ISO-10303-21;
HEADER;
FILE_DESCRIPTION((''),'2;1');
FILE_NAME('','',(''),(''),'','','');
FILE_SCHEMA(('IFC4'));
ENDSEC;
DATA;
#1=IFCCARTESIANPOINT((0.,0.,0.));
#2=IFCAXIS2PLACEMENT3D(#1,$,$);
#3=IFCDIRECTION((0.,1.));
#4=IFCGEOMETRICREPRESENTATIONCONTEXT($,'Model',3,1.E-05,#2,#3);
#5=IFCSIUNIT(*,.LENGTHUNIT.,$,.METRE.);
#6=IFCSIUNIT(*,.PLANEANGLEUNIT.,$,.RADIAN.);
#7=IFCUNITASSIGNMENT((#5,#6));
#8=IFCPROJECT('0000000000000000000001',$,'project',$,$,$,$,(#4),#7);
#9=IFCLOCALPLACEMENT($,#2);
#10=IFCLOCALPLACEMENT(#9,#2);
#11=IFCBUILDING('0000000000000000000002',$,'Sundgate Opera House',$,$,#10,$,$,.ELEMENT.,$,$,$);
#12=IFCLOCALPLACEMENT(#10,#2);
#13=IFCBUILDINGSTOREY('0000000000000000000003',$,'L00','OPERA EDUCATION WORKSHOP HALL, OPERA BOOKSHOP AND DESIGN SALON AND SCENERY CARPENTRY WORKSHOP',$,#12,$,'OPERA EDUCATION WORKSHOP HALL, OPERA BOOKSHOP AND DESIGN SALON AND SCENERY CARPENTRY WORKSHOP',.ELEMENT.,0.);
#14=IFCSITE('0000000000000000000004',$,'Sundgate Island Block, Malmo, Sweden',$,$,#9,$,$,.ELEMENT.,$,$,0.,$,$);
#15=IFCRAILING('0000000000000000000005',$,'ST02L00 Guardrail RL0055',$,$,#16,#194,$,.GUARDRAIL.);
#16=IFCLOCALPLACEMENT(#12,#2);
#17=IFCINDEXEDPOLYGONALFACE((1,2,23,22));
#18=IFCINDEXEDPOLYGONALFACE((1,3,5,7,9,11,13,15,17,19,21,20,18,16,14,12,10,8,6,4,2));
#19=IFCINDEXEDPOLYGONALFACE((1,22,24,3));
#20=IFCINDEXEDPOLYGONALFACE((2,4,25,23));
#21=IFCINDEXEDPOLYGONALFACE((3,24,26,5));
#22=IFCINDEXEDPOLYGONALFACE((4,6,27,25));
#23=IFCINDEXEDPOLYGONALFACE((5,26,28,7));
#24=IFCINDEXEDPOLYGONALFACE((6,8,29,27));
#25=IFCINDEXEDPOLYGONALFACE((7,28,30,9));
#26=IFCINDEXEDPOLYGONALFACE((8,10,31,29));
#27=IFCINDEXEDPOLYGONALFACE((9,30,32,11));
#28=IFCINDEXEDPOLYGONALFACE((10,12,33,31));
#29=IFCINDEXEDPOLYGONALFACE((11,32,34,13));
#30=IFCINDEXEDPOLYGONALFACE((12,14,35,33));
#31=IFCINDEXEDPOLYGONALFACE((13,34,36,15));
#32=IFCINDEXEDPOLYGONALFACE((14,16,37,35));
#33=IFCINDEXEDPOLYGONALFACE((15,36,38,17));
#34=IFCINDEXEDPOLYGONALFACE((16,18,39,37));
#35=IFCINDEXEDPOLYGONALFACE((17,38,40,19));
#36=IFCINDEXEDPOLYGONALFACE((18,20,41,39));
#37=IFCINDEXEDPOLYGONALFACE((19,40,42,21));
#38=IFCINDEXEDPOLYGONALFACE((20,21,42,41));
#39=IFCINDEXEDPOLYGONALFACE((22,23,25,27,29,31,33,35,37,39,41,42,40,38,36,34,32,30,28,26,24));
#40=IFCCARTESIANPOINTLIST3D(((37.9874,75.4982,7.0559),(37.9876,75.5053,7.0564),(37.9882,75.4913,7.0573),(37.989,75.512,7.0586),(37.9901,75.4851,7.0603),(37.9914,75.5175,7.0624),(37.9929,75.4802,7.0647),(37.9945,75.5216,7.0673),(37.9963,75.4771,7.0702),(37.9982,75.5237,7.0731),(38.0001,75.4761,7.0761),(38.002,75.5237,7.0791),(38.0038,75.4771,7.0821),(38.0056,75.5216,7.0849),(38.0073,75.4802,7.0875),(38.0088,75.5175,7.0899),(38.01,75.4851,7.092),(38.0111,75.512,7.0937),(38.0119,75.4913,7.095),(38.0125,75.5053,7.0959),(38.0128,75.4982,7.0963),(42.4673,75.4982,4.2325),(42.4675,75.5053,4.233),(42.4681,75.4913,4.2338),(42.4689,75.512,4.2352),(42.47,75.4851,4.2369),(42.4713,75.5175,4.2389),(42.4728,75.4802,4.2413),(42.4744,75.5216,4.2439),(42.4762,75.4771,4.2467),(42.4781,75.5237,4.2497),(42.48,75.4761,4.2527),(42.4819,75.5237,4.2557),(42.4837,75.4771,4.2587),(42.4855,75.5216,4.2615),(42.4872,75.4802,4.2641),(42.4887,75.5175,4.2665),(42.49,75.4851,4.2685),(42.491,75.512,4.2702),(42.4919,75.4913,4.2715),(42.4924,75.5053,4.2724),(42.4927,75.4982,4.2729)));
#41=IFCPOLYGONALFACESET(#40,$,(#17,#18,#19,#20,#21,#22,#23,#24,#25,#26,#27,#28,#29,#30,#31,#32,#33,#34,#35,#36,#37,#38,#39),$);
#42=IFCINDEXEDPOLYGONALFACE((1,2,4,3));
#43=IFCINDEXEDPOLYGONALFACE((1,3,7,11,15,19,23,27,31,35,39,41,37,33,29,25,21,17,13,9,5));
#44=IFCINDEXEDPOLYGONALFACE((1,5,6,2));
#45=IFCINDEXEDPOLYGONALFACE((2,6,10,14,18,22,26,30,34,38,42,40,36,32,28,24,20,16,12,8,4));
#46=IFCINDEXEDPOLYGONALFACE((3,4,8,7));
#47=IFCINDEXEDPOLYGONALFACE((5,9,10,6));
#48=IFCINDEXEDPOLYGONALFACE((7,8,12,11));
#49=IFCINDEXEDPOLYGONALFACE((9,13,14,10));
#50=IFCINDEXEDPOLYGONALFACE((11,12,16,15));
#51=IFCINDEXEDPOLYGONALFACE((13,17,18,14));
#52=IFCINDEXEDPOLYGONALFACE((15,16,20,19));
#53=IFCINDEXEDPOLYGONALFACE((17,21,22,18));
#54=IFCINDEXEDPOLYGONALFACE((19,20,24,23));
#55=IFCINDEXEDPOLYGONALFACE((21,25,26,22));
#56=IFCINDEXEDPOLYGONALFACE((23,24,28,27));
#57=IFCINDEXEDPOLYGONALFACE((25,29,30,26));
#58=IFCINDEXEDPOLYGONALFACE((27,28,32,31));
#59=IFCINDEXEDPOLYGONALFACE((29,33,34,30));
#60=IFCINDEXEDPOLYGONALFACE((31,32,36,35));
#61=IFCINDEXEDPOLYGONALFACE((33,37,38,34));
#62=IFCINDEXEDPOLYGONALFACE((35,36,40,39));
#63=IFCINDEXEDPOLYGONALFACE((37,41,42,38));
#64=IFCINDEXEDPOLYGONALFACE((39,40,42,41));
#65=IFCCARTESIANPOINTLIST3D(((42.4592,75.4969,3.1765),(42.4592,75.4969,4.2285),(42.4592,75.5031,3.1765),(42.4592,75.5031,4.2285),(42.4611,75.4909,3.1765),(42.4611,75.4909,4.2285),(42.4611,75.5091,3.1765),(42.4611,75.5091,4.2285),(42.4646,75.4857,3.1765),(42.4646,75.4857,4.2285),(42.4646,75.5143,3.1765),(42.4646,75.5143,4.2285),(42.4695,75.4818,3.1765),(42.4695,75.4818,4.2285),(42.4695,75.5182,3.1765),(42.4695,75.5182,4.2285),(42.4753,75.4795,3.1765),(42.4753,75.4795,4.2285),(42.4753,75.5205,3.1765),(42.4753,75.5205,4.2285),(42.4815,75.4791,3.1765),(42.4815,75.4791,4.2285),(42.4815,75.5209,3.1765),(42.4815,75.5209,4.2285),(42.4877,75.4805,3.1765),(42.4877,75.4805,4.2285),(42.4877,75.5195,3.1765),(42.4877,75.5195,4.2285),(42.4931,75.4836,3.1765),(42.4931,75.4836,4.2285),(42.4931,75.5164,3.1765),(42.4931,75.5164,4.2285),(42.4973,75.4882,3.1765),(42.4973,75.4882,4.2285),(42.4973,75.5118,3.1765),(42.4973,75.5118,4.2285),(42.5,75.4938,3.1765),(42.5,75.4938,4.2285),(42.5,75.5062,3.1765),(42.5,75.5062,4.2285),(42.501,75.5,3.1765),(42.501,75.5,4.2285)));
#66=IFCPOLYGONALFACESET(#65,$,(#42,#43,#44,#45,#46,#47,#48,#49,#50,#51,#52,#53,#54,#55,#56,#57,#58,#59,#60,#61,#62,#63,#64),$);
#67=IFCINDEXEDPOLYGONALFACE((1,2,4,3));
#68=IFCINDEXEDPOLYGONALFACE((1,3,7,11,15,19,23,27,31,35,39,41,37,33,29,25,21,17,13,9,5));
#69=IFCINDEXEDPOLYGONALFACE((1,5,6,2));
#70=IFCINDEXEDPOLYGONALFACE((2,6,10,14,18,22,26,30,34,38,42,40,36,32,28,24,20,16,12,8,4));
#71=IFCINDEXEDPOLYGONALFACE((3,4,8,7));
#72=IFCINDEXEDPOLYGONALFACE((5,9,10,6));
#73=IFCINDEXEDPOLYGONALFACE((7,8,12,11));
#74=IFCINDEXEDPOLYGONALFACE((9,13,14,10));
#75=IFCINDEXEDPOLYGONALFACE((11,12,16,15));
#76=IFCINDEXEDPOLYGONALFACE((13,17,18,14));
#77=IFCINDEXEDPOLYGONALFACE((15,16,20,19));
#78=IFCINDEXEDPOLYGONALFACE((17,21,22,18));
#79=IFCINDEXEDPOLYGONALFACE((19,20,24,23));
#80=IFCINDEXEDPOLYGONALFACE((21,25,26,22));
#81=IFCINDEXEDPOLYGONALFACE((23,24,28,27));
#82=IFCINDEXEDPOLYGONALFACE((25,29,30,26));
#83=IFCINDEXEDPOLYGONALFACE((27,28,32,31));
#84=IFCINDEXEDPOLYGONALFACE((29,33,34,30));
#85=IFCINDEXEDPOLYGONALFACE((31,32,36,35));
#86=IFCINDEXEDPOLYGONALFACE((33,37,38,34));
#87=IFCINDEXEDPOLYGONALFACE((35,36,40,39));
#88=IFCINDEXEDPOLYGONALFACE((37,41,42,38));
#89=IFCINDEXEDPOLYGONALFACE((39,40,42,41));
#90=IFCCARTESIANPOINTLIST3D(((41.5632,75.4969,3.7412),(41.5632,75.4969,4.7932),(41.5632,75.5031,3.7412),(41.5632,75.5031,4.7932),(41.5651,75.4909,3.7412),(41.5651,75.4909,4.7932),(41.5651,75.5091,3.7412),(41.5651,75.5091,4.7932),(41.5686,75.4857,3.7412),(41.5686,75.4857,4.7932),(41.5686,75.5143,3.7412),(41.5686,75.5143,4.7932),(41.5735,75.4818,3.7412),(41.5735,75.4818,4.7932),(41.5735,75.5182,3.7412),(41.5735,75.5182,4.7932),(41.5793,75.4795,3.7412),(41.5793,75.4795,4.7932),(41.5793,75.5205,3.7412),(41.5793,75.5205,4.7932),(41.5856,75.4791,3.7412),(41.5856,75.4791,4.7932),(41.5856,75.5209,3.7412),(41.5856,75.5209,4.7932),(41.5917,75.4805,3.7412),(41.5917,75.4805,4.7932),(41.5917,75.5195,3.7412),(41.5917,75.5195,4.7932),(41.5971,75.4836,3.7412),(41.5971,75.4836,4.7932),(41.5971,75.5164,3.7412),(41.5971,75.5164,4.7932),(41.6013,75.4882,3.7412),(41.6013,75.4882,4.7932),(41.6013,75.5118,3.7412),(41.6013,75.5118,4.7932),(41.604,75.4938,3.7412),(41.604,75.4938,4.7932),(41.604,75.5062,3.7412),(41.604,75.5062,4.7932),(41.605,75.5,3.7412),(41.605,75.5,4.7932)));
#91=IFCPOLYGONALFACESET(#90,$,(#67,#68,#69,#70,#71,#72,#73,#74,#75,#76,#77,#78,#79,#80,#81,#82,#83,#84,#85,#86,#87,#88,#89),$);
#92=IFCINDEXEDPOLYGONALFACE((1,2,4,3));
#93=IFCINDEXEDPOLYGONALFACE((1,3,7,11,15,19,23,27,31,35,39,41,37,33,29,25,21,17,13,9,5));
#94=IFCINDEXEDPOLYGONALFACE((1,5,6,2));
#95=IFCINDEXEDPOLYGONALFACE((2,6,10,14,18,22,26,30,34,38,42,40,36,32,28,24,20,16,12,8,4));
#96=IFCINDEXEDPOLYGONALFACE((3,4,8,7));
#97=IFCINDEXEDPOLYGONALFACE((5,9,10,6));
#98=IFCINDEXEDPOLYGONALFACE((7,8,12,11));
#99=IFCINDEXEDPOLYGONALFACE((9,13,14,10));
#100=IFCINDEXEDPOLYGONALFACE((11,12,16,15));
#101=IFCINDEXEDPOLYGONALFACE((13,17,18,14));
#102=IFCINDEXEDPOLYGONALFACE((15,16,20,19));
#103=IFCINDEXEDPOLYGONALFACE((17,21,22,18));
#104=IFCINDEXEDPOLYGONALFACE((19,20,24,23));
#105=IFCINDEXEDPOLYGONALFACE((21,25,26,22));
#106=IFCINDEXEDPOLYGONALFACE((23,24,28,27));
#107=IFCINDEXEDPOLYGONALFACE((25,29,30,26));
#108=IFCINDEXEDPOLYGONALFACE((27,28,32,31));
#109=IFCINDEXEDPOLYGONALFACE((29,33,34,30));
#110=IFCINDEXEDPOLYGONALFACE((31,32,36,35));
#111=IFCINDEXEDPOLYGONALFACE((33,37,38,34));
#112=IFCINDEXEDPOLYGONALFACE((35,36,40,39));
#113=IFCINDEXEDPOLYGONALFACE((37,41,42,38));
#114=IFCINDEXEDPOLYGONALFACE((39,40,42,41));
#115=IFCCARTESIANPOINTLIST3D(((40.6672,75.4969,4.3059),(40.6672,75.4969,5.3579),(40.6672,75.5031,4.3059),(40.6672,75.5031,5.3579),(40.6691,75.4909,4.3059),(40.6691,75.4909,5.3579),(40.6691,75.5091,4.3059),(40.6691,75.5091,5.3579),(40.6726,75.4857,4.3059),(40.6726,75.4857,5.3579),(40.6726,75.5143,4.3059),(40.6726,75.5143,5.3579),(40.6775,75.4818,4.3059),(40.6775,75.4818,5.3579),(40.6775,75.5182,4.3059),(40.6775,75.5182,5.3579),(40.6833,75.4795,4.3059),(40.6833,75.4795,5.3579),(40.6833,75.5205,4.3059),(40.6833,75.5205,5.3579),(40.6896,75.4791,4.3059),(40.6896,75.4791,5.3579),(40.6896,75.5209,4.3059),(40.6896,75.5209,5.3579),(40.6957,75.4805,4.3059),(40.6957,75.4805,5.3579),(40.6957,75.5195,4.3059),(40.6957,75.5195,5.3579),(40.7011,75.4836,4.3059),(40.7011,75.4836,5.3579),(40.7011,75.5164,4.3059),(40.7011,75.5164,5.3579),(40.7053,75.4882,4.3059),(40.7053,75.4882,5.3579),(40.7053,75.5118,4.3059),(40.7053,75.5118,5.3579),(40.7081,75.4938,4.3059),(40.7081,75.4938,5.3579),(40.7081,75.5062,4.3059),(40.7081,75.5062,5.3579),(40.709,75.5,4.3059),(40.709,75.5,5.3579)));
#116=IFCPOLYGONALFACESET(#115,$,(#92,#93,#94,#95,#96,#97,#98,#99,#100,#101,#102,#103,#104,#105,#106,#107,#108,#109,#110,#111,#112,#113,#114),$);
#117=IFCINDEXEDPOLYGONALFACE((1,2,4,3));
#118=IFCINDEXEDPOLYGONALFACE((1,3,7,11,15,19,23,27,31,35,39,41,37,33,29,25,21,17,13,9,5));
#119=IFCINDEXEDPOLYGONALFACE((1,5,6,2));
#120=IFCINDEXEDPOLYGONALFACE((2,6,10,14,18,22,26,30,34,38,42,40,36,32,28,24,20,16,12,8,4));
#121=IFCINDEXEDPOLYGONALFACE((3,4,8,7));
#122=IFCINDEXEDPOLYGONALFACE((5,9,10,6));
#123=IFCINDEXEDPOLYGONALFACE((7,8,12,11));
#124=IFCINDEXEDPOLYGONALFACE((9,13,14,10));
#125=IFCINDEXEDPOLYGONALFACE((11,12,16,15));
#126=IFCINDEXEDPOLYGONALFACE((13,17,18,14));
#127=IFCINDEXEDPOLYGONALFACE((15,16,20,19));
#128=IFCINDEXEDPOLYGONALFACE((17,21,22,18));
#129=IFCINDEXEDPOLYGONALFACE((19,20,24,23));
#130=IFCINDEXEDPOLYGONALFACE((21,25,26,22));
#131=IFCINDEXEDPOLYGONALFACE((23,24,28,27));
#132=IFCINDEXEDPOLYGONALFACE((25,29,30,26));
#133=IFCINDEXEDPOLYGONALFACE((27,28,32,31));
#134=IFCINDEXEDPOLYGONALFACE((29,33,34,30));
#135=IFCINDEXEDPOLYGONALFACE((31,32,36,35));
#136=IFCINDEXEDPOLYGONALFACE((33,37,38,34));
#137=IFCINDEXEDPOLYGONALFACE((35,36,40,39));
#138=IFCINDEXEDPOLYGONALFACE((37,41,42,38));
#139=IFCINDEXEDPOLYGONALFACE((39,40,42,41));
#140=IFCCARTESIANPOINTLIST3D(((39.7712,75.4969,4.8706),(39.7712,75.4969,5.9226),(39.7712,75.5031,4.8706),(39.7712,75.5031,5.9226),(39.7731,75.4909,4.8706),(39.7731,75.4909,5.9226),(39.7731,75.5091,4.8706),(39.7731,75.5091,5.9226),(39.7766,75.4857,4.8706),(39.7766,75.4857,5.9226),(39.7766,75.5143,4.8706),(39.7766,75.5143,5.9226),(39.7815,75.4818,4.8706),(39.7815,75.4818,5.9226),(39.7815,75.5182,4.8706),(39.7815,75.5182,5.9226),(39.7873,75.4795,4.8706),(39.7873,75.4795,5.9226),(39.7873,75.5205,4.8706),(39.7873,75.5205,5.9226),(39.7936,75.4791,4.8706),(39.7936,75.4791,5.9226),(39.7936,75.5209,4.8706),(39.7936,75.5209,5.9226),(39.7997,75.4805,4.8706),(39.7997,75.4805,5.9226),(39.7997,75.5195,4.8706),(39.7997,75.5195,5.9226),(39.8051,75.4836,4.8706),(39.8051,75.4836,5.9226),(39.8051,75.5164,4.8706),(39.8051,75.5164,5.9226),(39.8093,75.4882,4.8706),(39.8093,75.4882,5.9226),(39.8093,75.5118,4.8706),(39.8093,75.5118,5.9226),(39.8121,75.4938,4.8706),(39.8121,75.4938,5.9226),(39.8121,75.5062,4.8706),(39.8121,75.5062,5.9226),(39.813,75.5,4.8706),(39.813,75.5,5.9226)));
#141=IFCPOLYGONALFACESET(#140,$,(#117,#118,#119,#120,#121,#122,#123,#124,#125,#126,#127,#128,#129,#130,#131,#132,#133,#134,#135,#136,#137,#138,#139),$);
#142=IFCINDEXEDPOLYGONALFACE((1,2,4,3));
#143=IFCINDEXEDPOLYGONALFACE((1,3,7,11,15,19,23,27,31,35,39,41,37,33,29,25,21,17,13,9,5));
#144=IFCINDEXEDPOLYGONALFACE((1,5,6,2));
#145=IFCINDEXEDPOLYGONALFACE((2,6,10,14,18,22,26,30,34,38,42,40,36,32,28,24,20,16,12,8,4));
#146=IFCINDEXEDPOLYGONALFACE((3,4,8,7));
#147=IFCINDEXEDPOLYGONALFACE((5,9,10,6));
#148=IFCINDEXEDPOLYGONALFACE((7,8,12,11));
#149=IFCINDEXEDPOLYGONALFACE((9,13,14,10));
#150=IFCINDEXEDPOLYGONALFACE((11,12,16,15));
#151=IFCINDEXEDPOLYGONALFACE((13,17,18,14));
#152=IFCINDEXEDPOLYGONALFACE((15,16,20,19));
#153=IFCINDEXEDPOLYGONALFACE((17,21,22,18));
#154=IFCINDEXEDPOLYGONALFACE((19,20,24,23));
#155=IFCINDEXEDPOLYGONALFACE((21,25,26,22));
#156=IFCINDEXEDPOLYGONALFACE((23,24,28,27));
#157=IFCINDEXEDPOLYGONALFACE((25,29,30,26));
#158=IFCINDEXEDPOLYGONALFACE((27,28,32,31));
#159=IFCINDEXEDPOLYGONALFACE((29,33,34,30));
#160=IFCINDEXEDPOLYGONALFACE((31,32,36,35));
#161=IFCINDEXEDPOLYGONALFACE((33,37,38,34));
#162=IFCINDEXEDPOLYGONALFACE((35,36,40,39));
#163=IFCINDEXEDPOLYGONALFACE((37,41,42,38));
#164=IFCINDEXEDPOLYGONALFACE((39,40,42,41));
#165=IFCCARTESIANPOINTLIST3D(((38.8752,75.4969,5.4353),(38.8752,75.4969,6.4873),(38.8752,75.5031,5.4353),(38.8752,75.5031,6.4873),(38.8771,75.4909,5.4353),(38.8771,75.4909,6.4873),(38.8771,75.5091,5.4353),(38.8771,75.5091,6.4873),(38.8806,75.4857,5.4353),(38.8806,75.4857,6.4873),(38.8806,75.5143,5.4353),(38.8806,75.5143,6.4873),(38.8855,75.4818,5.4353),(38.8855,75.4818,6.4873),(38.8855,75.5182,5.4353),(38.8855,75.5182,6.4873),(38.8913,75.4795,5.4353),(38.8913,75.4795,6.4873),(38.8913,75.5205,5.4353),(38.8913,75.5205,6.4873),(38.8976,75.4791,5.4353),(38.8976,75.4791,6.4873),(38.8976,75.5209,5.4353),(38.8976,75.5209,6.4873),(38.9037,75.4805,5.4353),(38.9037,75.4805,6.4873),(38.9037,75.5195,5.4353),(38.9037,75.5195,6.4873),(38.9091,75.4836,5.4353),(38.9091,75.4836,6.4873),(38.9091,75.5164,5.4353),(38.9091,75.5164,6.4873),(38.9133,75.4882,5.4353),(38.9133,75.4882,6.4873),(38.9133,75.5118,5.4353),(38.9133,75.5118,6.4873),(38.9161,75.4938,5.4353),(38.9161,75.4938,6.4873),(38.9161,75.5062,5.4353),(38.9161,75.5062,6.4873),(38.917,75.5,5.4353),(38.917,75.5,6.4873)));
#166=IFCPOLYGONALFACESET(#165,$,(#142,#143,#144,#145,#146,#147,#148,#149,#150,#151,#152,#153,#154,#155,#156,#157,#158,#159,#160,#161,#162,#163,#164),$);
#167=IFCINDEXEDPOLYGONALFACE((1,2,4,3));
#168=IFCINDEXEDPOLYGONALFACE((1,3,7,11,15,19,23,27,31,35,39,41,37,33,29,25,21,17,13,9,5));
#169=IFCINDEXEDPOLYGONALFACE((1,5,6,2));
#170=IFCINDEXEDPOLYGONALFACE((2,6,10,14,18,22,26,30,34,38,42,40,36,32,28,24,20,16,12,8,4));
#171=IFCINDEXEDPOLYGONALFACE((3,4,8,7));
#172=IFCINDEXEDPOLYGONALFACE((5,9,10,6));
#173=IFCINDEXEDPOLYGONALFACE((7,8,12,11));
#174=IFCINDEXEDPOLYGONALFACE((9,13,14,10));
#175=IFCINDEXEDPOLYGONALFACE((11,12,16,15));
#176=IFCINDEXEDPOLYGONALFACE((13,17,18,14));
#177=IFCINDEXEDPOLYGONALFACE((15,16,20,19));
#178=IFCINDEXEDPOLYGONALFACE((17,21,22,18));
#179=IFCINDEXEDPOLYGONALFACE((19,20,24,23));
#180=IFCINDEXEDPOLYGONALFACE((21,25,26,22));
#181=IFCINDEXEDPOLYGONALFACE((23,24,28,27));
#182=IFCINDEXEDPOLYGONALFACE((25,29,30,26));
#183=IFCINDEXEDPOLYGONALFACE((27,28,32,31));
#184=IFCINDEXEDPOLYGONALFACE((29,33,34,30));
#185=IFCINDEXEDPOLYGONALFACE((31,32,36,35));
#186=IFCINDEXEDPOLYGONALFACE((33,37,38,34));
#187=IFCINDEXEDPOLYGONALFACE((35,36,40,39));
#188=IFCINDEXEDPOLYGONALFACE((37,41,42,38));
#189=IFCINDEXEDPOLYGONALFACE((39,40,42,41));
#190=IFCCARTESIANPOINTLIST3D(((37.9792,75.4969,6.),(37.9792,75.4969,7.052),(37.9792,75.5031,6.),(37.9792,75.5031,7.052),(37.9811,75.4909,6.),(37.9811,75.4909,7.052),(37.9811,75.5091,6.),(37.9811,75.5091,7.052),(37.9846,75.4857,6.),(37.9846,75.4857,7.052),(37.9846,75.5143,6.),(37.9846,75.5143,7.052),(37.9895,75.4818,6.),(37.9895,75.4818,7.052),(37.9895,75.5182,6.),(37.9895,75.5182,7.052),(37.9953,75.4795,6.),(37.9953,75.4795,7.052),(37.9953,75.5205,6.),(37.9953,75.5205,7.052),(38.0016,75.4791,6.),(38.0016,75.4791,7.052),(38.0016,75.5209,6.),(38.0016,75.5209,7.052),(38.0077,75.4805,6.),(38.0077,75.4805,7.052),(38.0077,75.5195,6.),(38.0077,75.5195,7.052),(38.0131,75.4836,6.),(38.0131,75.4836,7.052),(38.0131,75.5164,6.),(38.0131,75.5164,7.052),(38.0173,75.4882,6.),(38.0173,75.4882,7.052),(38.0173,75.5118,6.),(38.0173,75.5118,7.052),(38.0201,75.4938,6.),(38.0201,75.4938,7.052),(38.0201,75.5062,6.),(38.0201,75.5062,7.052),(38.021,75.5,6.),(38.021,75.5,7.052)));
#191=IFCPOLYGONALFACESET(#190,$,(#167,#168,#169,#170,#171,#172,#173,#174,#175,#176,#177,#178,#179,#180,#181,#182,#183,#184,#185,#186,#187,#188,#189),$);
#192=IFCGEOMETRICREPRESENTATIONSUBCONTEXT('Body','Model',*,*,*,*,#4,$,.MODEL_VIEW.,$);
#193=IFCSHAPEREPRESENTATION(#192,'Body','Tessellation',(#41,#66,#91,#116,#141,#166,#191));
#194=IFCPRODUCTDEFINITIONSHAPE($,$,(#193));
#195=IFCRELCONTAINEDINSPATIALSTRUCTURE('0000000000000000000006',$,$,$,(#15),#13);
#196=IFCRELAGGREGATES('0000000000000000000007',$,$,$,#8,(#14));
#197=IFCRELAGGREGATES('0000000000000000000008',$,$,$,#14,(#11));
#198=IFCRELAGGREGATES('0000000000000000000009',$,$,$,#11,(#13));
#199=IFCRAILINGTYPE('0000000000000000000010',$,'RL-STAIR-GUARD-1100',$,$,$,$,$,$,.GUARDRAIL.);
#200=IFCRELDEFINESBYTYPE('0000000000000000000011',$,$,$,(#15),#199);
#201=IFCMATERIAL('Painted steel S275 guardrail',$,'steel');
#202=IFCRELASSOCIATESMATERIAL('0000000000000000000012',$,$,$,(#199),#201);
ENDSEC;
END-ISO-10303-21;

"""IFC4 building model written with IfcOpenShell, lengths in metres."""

from ifc_helpers import new_model, si_unit, direction, frame, origin, origin_2d, place, context, subcontext, project, spatial, circle, extrude, material, type_object, element, save


model = new_model("IFC4")

# Units and contexts
model_context = context("Model", 3, precision=1e-05, world=origin(), true_north=direction((0.0, 1.0)))
body_context = subcontext(model_context, "Body", "Model", "MODEL_VIEW")
ifc_project = project(units=[si_unit("LENGTHUNIT", "METRE"), si_unit("PLANEANGLEUNIT", "RADIAN")], contexts=[model_context])

# Site, building, storey
site_placement = place(None, origin())
site = spatial("IfcSite", under=ifc_project, at=site_placement, Name="Sundgate Island Block, Malmo, Sweden", CompositionType="ELEMENT", RefElevation=0.0)
building_placement = place(site_placement, origin())
building = spatial("IfcBuilding", under=site, at=building_placement, Name="Sundgate Opera House", CompositionType="ELEMENT")
storey_placement = place(building_placement, origin())
storey = spatial("IfcBuildingStorey", under=building, at=storey_placement, Name="L00", Description="OPERA EDUCATION WORKSHOP HALL, OPERA BOOKSHOP AND DESIGN SALON AND SCENERY CARPENTRY WORKSHOP", LongName="OPERA EDUCATION WORKSHOP HALL, OPERA BOOKSHOP AND DESIGN SALON AND SCENERY CARPENTRY WORKSHOP", CompositionType="ELEMENT", Elevation=0.0)

# Railing
ifc_material_1 = material(Name="Painted steel S275 guardrail", Category="steel")
railing_type_1 = type_object("IfcRailingType", Name="RL-STAIR-GUARD-1100", PredefinedType="GUARDRAIL", material=ifc_material_1)
railing_1_placement = place(storey_placement, frame((42.48, 75.5, 3.1765)))
element("IfcRailing", 1, at=railing_1_placement, inside=storey, type_object=railing_type_1, Name="ST02L00 Guardrail RL0055", PredefinedType="GUARDRAIL", context=body_context, shape_type="SweptSolid", body=[
    extrude(circle(Radius=0.0239, at=origin_2d()), frame((0.0, 0.0, 1.0762), z_axis=(-0.845998, 0.0, 0.533186), x_axis=(0.0, -1.0, 0.0)), (0.0, 0.0, 1.0), 5.2954),
    extrude(circle(Radius=0.021, at=origin_2d()), origin(), (0.0, 0.0, 1.0), 1.052),
    extrude(circle(Radius=0.021, at=origin_2d()), frame((-0.896, 0.0, 0.5647)), (0.0, 0.0, 1.0), 1.052),
    extrude(circle(Radius=0.021, at=origin_2d()), frame((-1.792, 0.0, 1.1294)), (0.0, 0.0, 1.0), 1.052),
    extrude(circle(Radius=0.021, at=origin_2d()), frame((-2.688, 0.0, 1.6941)), (0.0, 0.0, 1.0), 1.052),
    extrude(circle(Radius=0.021, at=origin_2d()), frame((-3.584, 0.0, 2.2588)), (0.0, 0.0, 1.0), 1.052),
    extrude(circle(Radius=0.021, at=origin_2d()), frame((-4.48, 0.0, 2.8235)), (0.0, 0.0, 1.0), 1.052),
])

save(model, "model.ifc")
